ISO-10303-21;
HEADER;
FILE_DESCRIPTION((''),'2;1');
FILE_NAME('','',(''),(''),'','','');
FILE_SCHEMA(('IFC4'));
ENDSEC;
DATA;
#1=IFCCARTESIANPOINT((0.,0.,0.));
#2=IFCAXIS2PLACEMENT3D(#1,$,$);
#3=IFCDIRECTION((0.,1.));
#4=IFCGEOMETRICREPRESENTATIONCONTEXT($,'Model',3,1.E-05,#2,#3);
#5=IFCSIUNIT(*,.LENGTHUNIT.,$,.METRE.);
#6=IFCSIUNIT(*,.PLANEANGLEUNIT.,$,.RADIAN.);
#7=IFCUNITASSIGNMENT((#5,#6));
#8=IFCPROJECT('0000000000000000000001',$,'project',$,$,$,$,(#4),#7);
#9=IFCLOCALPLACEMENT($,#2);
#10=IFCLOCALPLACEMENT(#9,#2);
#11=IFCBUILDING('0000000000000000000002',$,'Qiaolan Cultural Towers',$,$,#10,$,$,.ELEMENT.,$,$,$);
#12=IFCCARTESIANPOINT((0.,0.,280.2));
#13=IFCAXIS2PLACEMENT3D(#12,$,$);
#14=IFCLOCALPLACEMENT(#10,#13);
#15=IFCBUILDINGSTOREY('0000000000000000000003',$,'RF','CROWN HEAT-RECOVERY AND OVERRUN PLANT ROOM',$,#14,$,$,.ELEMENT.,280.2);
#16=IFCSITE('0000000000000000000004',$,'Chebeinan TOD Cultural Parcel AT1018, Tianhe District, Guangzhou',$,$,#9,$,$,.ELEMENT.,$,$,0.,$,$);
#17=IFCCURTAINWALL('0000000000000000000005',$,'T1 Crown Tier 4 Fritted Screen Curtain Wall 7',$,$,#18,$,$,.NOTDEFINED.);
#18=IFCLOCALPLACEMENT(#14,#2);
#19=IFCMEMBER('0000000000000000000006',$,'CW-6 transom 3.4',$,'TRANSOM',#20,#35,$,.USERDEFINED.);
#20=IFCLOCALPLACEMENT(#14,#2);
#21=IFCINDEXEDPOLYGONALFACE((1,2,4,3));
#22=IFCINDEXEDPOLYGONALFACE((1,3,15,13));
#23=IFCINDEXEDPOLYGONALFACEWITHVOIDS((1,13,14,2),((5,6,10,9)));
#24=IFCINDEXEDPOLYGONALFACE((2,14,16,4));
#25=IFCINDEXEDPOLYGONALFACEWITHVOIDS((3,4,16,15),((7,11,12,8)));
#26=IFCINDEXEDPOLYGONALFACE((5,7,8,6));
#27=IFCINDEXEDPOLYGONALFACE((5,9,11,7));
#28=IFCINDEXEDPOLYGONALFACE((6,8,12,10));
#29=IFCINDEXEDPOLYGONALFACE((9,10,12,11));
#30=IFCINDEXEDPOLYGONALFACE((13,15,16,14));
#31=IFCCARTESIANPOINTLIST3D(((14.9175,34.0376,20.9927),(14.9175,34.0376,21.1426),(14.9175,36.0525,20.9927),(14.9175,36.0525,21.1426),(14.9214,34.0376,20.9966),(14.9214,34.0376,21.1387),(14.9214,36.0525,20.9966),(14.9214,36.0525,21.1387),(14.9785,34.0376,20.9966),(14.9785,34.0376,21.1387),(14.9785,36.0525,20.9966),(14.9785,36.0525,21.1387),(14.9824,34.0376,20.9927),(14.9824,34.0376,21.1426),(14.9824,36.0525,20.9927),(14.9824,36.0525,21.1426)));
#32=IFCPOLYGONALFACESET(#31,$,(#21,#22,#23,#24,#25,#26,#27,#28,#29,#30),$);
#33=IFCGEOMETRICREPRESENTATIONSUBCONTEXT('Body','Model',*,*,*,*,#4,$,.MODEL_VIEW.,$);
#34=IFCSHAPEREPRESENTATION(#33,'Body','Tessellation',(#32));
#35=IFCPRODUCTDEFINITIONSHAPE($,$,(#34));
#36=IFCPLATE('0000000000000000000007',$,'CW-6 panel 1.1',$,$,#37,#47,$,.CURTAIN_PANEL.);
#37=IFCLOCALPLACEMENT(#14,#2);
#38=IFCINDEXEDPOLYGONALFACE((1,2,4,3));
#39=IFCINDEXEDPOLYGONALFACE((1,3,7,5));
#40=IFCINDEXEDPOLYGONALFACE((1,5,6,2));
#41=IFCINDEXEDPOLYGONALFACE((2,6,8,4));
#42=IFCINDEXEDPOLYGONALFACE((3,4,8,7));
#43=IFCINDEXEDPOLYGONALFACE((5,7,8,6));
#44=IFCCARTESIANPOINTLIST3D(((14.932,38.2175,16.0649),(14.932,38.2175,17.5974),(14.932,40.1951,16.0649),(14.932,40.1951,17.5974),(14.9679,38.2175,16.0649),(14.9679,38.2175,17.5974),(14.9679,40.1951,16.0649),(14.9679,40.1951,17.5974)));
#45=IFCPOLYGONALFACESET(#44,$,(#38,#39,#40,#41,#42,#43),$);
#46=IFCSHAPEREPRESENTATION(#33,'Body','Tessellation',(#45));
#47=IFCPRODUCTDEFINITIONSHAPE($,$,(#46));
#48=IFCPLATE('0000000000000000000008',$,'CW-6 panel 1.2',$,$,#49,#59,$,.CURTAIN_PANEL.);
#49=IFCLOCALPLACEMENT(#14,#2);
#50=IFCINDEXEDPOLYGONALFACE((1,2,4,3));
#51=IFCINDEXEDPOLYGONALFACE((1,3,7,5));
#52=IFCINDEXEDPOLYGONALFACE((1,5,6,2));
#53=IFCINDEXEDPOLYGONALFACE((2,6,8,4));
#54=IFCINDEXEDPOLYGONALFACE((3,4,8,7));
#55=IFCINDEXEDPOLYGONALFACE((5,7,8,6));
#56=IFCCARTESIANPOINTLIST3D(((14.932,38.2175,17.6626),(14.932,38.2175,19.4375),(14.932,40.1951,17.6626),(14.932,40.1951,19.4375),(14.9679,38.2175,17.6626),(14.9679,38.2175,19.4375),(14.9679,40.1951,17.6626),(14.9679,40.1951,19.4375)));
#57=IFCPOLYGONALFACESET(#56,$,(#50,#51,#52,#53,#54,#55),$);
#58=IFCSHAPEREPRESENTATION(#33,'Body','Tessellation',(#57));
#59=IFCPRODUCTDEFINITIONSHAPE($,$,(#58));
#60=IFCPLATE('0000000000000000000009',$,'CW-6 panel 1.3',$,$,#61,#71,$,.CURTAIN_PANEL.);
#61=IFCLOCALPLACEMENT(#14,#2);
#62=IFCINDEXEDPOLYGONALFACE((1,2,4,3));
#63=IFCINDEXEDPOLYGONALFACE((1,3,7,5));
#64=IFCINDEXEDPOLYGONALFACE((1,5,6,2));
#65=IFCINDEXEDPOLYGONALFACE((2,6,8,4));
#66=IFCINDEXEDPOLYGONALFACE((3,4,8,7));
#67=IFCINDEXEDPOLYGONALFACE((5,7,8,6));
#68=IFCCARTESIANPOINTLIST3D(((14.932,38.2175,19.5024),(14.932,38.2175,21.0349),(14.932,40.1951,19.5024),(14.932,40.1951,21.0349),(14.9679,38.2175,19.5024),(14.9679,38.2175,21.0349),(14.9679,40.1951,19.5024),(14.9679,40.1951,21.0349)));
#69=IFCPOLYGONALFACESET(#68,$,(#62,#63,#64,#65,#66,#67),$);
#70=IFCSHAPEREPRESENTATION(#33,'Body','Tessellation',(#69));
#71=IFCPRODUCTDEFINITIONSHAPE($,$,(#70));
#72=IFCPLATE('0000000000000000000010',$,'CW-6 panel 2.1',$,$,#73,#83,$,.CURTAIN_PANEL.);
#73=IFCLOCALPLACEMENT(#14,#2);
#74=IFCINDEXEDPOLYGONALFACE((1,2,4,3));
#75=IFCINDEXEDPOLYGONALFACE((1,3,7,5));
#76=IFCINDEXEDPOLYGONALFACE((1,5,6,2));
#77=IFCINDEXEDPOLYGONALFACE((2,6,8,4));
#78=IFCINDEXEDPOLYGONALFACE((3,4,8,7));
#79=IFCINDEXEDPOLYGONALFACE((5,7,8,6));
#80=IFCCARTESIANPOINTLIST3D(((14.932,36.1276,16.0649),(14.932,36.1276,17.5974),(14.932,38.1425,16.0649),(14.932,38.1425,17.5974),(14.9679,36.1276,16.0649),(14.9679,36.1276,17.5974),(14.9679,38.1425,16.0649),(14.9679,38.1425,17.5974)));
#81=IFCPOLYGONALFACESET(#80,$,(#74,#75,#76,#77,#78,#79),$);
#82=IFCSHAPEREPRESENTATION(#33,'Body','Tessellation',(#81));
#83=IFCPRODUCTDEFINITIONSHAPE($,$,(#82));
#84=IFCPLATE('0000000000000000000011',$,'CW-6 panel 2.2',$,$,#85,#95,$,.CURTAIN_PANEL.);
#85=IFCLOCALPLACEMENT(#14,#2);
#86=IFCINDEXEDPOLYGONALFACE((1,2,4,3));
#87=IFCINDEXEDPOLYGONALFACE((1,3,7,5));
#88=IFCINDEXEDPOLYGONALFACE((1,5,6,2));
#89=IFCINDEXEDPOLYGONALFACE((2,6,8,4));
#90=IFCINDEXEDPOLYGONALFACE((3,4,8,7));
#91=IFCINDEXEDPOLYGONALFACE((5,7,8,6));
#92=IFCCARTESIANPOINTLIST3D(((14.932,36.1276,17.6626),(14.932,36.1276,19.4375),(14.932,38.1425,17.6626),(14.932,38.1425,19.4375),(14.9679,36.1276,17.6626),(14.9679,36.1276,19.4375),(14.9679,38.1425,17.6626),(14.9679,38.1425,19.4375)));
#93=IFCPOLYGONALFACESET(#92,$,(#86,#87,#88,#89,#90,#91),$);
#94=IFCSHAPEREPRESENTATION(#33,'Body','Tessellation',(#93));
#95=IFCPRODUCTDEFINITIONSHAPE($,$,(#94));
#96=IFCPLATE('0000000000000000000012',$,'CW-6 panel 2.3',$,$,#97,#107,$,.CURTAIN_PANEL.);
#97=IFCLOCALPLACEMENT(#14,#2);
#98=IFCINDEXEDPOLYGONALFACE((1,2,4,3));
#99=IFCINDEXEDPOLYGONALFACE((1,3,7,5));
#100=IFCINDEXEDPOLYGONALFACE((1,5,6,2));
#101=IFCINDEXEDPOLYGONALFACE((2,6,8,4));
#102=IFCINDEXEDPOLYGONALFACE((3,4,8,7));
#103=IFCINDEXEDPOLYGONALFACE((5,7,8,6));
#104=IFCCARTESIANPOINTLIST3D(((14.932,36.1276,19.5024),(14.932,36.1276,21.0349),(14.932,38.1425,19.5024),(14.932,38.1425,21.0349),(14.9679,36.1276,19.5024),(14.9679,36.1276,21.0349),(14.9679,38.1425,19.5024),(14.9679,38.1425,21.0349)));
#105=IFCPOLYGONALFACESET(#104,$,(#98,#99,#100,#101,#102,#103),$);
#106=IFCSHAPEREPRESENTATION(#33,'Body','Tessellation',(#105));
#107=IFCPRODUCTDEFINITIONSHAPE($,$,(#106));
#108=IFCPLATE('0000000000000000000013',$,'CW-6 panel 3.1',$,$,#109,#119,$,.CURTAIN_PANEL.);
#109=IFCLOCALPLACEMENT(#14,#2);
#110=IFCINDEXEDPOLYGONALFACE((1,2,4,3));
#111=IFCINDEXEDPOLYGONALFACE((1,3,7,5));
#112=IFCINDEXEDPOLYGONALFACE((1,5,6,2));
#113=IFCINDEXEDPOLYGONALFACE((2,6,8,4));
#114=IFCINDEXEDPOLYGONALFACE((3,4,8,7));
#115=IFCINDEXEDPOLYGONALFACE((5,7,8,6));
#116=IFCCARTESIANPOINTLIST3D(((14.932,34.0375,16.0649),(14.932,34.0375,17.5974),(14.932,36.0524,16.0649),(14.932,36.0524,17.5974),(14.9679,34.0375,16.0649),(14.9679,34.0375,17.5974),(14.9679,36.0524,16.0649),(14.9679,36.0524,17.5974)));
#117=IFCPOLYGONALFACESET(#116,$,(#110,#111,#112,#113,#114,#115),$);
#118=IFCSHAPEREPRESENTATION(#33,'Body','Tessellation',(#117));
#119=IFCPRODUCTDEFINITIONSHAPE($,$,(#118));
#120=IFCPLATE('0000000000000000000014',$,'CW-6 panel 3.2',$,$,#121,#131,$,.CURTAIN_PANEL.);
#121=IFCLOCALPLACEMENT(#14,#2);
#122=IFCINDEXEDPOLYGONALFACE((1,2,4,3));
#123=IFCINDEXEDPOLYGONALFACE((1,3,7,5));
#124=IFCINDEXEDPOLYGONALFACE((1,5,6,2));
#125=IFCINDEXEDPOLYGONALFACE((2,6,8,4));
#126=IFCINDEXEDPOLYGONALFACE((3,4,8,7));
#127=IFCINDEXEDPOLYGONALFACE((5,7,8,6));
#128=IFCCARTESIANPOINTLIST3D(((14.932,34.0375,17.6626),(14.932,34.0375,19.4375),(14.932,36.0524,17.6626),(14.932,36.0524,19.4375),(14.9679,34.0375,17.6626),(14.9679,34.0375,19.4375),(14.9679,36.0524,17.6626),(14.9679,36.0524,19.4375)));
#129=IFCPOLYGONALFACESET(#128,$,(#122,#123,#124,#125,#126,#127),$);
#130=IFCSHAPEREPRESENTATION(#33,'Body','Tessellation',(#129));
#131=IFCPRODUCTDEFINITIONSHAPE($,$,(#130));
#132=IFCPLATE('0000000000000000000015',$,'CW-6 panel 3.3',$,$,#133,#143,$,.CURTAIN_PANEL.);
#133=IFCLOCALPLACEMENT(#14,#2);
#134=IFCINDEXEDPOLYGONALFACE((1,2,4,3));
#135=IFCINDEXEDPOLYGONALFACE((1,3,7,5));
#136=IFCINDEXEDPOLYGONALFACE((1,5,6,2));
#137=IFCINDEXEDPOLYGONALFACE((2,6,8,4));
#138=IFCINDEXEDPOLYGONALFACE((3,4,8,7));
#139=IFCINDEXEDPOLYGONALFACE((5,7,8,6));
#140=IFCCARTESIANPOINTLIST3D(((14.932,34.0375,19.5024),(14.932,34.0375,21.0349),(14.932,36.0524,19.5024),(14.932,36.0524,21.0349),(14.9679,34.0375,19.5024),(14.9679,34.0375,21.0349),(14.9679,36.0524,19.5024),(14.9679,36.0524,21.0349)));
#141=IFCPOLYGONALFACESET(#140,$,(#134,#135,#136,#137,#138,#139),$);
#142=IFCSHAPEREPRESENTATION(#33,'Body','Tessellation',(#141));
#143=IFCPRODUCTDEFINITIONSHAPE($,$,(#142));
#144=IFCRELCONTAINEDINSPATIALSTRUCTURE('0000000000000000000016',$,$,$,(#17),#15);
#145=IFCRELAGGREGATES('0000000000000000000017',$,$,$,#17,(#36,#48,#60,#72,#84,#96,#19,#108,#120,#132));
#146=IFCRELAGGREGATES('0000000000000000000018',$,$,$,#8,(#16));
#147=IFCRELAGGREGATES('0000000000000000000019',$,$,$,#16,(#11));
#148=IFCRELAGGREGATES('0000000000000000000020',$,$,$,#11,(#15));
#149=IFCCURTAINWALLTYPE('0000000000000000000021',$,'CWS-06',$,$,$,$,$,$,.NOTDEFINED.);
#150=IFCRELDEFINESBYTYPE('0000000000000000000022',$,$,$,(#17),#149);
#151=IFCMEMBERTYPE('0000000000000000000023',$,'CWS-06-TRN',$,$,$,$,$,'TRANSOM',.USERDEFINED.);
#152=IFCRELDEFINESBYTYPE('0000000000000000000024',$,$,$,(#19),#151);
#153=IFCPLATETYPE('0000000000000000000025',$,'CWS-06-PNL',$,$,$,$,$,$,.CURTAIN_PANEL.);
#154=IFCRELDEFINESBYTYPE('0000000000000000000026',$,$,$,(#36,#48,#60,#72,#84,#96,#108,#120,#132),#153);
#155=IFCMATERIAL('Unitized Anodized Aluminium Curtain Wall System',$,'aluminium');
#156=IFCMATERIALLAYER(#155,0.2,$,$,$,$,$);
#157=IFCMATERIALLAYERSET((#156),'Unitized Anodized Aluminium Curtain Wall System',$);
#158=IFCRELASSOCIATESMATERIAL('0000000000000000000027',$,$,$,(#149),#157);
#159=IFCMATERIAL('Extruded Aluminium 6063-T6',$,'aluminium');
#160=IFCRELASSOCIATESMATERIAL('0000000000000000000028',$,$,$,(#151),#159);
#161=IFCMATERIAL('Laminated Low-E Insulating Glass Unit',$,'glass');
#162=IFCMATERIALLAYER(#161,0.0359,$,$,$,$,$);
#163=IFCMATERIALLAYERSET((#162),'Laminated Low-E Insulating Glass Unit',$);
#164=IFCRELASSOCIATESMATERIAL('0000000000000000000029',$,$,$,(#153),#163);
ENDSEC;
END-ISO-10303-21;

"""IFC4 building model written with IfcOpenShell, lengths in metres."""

from ifc_helpers import new_model, si_unit, direction, frame, origin, origin_2d, place, context, subcontext, project, spatial, rectangle, hollow_rectangle, extrude, material, layer, layer_set, material_profile, profile_set, type_object, element, aggregate, save


model = new_model("IFC4")

# Units and contexts
model_context = context("Model", 3, precision=1e-05, world=origin(), true_north=direction((0.0, 1.0)))
body_context = subcontext(model_context, "Body", "Model", "MODEL_VIEW")
ifc_project = project(units=[si_unit("LENGTHUNIT", "METRE"), si_unit("PLANEANGLEUNIT", "RADIAN")], contexts=[model_context])

# Site, building, storey
site_placement = place(None, origin())
site = spatial("IfcSite", under=ifc_project, at=site_placement, Name="Chebeinan TOD Cultural Parcel AT1018, Tianhe District, Guangzhou", CompositionType="ELEMENT", RefElevation=0.0)
building_placement = place(site_placement, origin())
building = spatial("IfcBuilding", under=site, at=building_placement, Name="Qiaolan Cultural Towers", CompositionType="ELEMENT")
storey_placement = place(building_placement, frame((0.0, 0.0, 280.2)))
storey = spatial("IfcBuildingStorey", under=building, at=storey_placement, Name="RF", Description="CROWN HEAT-RECOVERY AND OVERRUN PLANT ROOM", CompositionType="ELEMENT", Elevation=280.2)

# Shared definitions
ifc_material_1 = material(Name="Unitized Anodized Aluminium Curtain Wall System", Category="aluminium")
ifc_layer_1 = layer(ifc_material_1, 0.2)
ifc_layer_set_1 = layer_set([ifc_layer_1], Name="Unitized Anodized Aluminium Curtain Wall System")
curtain_wall_type = type_object("IfcCurtainWallType", Name="CWS-06", PredefinedType="NOTDEFINED", material=ifc_layer_set_1)

# Curtain wall, member, plates
curtain_wall_1_placement = place(storey_placement, origin())
curtain_wall_1 = element("IfcCurtainWall", 1, at=curtain_wall_1_placement, inside=storey, type_object=curtain_wall_type, Name="T1 Crown Tier 4 Fritted Screen Curtain Wall 7", PredefinedType="NOTDEFINED")
ifc_material_2 = material(Name="Extruded Aluminium 6063-T6", Category="aluminium")
ifc_material_profile_1 = material_profile(ifc_material_2, hollow_rectangle(XDim=0.0649, YDim=0.1499, WallThickness=0.0039, at=origin_2d()), Name="CWT-150x65x4")
ifc_profile_set_1 = profile_set([ifc_material_profile_1], Name="Extruded Aluminium 6063-T6")
member_type_1 = type_object("IfcMemberType", Name="CWS-06-TRN", ElementType="TRANSOM", PredefinedType="USERDEFINED", material=ifc_profile_set_1)
member_1_placement = place(storey_placement, frame((14.95, 36.0525, 21.0676), z_axis=(0.0, -1.0, 0.0), x_axis=(1.0, 0.0, 0.0)))
member_1 = element("IfcMember", 2, at=member_1_placement, type_object=member_type_1, Name="CW-6 transom 3.4", ObjectType="TRANSOM", PredefinedType="USERDEFINED", context=body_context, shape_type="SweptSolid", body=[
    extrude(hollow_rectangle(XDim=0.0649, YDim=0.1499, WallThickness=0.0039, at=origin_2d()), origin(), (0.0, 0.0, 1.0), 2.0149),
])
ifc_material_3 = material(Name="Laminated Low-E Insulating Glass Unit", Category="glass")
ifc_layer_2 = layer(ifc_material_3, 0.0359)
ifc_layer_set_2 = layer_set([ifc_layer_2], Name="Laminated Low-E Insulating Glass Unit")
plate_type = type_object("IfcPlateType", Name="CWS-06-PNL", PredefinedType="CURTAIN_PANEL", material=ifc_layer_set_2)
plate_1_placement = place(storey_placement, frame((14.95, 39.2063, 16.0649), z_axis=(0.0, 0.0, 1.0), x_axis=(0.0, -1.0, 0.0)))
plate_1 = element("IfcPlate", 3, at=plate_1_placement, type_object=plate_type, Name="CW-6 panel 1.1", PredefinedType="CURTAIN_PANEL", context=body_context, shape_type="SweptSolid", body=[
    extrude(rectangle(XDim=1.9775, YDim=0.0359, at=origin_2d()), origin(), (0.0, 0.0, 1.0), 1.5325),
])
plate_2_placement = place(storey_placement, frame((14.95, 39.2063, 17.6626), z_axis=(0.0, 0.0, 1.0), x_axis=(0.0, -1.0, 0.0)))
plate_2 = element("IfcPlate", 4, at=plate_2_placement, type_object=plate_type, Name="CW-6 panel 1.2", PredefinedType="CURTAIN_PANEL", context=body_context, shape_type="SweptSolid", body=[
    extrude(rectangle(XDim=1.9775, YDim=0.0359, at=origin_2d()), origin(), (0.0, 0.0, 1.0), 1.7749),
])
plate_3_placement = place(storey_placement, frame((14.95, 39.2063, 19.5024), z_axis=(0.0, 0.0, 1.0), x_axis=(0.0, -1.0, 0.0)))
plate_3 = element("IfcPlate", 5, at=plate_3_placement, type_object=plate_type, Name="CW-6 panel 1.3", PredefinedType="CURTAIN_PANEL", context=body_context, shape_type="SweptSolid", body=[
    extrude(rectangle(XDim=1.9775, YDim=0.0359, at=origin_2d()), origin(), (0.0, 0.0, 1.0), 1.5325),
])
plate_4_placement = place(storey_placement, frame((14.95, 37.135, 16.0649), z_axis=(0.0, 0.0, 1.0), x_axis=(0.0, -1.0, 0.0)))
plate_4 = element("IfcPlate", 6, at=plate_4_placement, type_object=plate_type, Name="CW-6 panel 2.1", PredefinedType="CURTAIN_PANEL", context=body_context, shape_type="SweptSolid", body=[
    extrude(rectangle(XDim=2.0149, YDim=0.0359, at=origin_2d()), origin(), (0.0, 0.0, 1.0), 1.5325),
])
plate_5_placement = place(storey_placement, frame((14.95, 37.135, 17.6626), z_axis=(0.0, 0.0, 1.0), x_axis=(0.0, -1.0, 0.0)))
plate_5 = element("IfcPlate", 7, at=plate_5_placement, type_object=plate_type, Name="CW-6 panel 2.2", PredefinedType="CURTAIN_PANEL", context=body_context, shape_type="SweptSolid", body=[
    extrude(rectangle(XDim=2.0149, YDim=0.0359, at=origin_2d()), origin(), (0.0, 0.0, 1.0), 1.7749),
])
plate_6_placement = place(storey_placement, frame((14.95, 37.135, 19.5024), z_axis=(0.0, 0.0, 1.0), x_axis=(0.0, -1.0, 0.0)))
plate_6 = element("IfcPlate", 8, at=plate_6_placement, type_object=plate_type, Name="CW-6 panel 2.3", PredefinedType="CURTAIN_PANEL", context=body_context, shape_type="SweptSolid", body=[
    extrude(rectangle(XDim=2.0149, YDim=0.0359, at=origin_2d()), origin(), (0.0, 0.0, 1.0), 1.5325),
])
plate_7_placement = place(storey_placement, frame((14.95, 35.0449, 16.0649), z_axis=(0.0, 0.0, 1.0), x_axis=(0.0, -1.0, 0.0)))
plate_7 = element("IfcPlate", 9, at=plate_7_placement, type_object=plate_type, Name="CW-6 panel 3.1", PredefinedType="CURTAIN_PANEL", context=body_context, shape_type="SweptSolid", body=[
    extrude(rectangle(XDim=2.0149, YDim=0.0359, at=origin_2d()), origin(), (0.0, 0.0, 1.0), 1.5325),
])
plate_8_placement = place(storey_placement, frame((14.95, 35.0449, 17.6626), z_axis=(0.0, 0.0, 1.0), x_axis=(0.0, -1.0, 0.0)))
plate_8 = element("IfcPlate", 10, at=plate_8_placement, type_object=plate_type, Name="CW-6 panel 3.2", PredefinedType="CURTAIN_PANEL", context=body_context, shape_type="SweptSolid", body=[
    extrude(rectangle(XDim=2.0149, YDim=0.0359, at=origin_2d()), origin(), (0.0, 0.0, 1.0), 1.7749),
])
plate_9_placement = place(storey_placement, frame((14.95, 35.0449, 19.5024), z_axis=(0.0, 0.0, 1.0), x_axis=(0.0, -1.0, 0.0)))
plate_9 = element("IfcPlate", 11, at=plate_9_placement, type_object=plate_type, Name="CW-6 panel 3.3", PredefinedType="CURTAIN_PANEL", context=body_context, shape_type="SweptSolid", body=[
    extrude(rectangle(XDim=2.0149, YDim=0.0359, at=origin_2d()), origin(), (0.0, 0.0, 1.0), 1.5325),
])
aggregate(curtain_wall_1, [plate_1, plate_2, plate_3, plate_4, plate_5, plate_6, member_1, plate_7, plate_8, plate_9])

save(model, "model.ifc")
